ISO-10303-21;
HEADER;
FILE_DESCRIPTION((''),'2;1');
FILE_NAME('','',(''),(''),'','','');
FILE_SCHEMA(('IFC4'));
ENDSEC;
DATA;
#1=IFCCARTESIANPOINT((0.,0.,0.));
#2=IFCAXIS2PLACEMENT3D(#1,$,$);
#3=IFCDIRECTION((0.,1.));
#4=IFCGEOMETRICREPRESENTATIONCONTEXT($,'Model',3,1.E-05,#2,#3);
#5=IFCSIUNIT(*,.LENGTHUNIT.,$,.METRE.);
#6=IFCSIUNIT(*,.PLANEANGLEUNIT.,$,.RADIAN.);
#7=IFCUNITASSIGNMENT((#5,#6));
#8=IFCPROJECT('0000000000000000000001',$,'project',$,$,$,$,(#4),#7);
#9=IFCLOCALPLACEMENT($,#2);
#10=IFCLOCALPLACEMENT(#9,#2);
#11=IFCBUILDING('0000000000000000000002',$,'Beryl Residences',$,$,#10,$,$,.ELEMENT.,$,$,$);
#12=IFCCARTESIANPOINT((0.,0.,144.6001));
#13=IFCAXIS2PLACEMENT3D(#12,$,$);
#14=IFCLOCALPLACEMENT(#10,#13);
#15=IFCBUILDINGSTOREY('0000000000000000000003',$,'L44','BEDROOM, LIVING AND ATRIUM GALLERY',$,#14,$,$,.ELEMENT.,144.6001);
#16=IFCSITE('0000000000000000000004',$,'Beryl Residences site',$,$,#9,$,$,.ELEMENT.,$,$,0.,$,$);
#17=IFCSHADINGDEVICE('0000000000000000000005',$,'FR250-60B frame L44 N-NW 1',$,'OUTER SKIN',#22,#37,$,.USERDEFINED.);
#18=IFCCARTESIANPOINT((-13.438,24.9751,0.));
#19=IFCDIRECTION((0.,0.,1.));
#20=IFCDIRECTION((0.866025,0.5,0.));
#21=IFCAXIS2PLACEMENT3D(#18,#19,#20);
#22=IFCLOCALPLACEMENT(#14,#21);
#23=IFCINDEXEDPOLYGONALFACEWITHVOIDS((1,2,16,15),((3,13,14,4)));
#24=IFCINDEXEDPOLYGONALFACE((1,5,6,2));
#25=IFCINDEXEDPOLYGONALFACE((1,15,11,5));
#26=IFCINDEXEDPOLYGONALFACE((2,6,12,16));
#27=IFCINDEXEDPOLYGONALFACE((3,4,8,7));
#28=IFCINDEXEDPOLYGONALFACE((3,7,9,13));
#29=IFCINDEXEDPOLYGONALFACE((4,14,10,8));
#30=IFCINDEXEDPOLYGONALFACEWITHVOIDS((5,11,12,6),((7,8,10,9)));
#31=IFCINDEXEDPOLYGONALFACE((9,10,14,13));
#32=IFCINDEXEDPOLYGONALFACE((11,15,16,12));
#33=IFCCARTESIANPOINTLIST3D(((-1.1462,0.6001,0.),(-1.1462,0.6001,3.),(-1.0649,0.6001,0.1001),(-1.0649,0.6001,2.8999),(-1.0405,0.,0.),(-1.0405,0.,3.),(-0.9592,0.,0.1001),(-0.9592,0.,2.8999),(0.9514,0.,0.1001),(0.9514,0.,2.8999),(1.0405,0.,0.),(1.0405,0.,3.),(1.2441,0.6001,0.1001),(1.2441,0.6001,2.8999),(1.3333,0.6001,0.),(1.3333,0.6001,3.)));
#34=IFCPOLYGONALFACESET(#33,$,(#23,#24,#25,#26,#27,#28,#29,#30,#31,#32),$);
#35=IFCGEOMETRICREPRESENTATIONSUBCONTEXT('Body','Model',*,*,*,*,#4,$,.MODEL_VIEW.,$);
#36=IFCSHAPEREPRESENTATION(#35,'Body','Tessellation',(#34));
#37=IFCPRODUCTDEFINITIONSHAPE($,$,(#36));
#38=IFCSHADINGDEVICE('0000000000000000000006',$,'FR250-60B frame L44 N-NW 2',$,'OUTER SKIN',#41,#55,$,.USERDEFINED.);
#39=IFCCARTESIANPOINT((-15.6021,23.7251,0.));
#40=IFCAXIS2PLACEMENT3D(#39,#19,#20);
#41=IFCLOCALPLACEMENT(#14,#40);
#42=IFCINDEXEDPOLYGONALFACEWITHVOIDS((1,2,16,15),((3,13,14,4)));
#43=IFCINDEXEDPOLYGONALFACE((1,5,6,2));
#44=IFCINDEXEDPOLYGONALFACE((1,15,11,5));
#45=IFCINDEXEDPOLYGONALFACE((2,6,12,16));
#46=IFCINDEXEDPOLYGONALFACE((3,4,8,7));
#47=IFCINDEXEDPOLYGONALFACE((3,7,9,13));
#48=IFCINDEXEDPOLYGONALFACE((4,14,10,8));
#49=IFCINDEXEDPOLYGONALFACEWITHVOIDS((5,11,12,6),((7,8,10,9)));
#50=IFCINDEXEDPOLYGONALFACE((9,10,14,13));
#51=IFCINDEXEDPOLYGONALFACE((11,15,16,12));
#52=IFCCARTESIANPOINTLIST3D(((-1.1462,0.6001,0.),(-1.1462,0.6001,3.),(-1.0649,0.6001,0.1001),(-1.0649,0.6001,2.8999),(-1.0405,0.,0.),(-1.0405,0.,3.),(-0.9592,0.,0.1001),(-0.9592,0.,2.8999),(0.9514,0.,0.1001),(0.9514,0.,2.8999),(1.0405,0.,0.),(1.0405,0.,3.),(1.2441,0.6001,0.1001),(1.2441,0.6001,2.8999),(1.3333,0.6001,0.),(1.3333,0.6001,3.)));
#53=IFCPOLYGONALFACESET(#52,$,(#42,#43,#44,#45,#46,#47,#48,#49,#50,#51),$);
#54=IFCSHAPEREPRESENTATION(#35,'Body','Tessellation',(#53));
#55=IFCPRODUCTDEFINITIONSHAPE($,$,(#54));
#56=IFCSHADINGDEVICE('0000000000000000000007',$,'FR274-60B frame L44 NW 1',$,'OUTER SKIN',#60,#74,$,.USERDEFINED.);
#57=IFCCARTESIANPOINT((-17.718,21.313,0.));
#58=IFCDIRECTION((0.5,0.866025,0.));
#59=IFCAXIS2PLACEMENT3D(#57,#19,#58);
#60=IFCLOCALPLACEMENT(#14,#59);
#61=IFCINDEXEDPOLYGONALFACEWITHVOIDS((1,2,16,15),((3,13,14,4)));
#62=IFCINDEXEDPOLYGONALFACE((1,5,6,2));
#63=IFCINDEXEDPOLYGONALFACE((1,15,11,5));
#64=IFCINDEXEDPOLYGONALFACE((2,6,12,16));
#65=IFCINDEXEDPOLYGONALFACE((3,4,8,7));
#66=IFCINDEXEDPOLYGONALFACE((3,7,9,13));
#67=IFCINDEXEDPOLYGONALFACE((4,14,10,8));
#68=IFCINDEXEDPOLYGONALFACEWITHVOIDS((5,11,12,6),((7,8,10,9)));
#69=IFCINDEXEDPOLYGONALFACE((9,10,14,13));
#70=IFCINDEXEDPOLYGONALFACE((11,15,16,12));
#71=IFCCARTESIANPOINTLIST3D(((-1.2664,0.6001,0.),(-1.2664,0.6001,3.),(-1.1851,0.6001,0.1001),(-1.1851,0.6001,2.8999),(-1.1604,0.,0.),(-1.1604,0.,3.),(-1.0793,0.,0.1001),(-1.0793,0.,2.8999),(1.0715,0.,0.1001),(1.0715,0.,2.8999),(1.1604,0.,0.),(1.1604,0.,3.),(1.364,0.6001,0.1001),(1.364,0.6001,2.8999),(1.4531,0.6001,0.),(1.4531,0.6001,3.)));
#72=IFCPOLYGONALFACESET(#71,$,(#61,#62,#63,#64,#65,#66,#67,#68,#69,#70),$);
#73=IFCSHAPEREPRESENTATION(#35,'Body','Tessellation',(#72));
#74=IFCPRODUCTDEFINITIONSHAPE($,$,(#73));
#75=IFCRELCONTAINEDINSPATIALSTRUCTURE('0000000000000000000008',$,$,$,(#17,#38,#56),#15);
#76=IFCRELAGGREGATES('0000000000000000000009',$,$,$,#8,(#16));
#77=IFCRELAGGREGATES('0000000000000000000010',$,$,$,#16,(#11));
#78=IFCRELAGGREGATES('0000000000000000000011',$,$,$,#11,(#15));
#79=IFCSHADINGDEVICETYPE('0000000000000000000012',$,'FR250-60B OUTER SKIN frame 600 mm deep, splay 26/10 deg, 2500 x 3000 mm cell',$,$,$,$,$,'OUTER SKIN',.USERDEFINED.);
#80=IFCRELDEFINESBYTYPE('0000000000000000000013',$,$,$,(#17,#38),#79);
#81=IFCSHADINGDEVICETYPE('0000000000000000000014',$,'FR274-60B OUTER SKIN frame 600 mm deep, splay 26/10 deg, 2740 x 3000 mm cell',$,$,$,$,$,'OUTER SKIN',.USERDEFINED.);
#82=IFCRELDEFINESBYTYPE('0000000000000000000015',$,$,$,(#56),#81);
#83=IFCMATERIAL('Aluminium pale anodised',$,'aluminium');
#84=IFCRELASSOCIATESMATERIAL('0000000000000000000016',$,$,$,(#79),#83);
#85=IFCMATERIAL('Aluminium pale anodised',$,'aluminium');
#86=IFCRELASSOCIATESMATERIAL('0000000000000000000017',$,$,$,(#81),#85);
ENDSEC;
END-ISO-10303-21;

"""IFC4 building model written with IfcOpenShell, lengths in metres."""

from ifc_helpers import new_model, entity, si_unit, direction, frame, origin, place, context, subcontext, project, spatial, source, transform, mapped, material, type_object, type_shapes, element, save


model = new_model("IFC4")

# Units and contexts
model_context = context("Model", 3, precision=1e-05, world=origin(), true_north=direction((0.0, 1.0)))
body_context = subcontext(model_context, "Body", "Model", "MODEL_VIEW")
ifc_project = project(units=[si_unit("LENGTHUNIT", "METRE"), si_unit("PLANEANGLEUNIT", "RADIAN")], contexts=[model_context])

# Site, building, storey
site_placement = place(None, origin())
site = spatial("IfcSite", under=ifc_project, at=site_placement, Name="Beryl Residences site", CompositionType="ELEMENT", RefElevation=0.0)
building_placement = place(site_placement, origin())
building = spatial("IfcBuilding", under=site, at=building_placement, Name="Beryl Residences", CompositionType="ELEMENT")
storey_placement = place(building_placement, frame((0.0, 0.0, 144.6001)))
storey = spatial("IfcBuildingStorey", under=building, at=storey_placement, Name="L44", Description="BEDROOM, LIVING AND ATRIUM GALLERY", CompositionType="ELEMENT", Elevation=144.6001)

# Shading devices
ifc_material_1 = material(Name="Aluminium pale anodised", Category="aluminium")
shading_device_type_1 = type_object("IfcShadingDeviceType", Name="FR250-60B OUTER SKIN frame 600 mm deep, splay 26/10 deg, 2500 x 3000 mm cell", ElementType="OUTER SKIN", PredefinedType="USERDEFINED", material=ifc_material_1)
cartesian_point_1 = entity("IfcCartesianPoint", [-1.0405, 0.0])
cartesian_point_2 = entity("IfcCartesianPoint", [-0.9514, 0.1001])
cartesian_point_3 = entity("IfcCartesianPoint", [-1.3333, 0.0])
cartesian_point_4 = entity("IfcCartesianPoint", [-1.2441, 0.1001])
shared_shape_1 = source(origin(), body_context, "Body", "SweptSolid", [
    entity("IfcExtrudedAreaSolidTapered", entity("IfcArbitraryProfileDefWithVoids", "AREA", None, entity("IfcPolyline", [cartesian_point_1, entity("IfcCartesianPoint", [1.0405, 0.0]), entity("IfcCartesianPoint", [1.0405, 3.0]), entity("IfcCartesianPoint", [-1.0405, 3.0]), cartesian_point_1]), [entity("IfcPolyline", [cartesian_point_2, entity("IfcCartesianPoint", [0.9592, 0.1001]), entity("IfcCartesianPoint", [0.9592, 2.8999]), entity("IfcCartesianPoint", [-0.9514, 2.8999]), cartesian_point_2])]), entity("IfcAxis2Placement3D", entity("IfcCartesianPoint", [0.0, 0.0, 0.0]), entity("IfcDirection", [0.0, 1.0, 0.0]), entity("IfcDirection", [-1.0, 0.0, 0.0])), entity("IfcDirection", [0.0, 0.0, 1.0]), 0.6001, entity("IfcArbitraryProfileDefWithVoids", "AREA", None, entity("IfcPolyline", [cartesian_point_3, entity("IfcCartesianPoint", [1.1462, 0.0]), entity("IfcCartesianPoint", [1.1462, 3.0]), entity("IfcCartesianPoint", [-1.3333, 3.0]), cartesian_point_3]), [entity("IfcPolyline", [cartesian_point_4, entity("IfcCartesianPoint", [1.0649, 0.1001]), entity("IfcCartesianPoint", [1.0649, 2.8999]), entity("IfcCartesianPoint", [-1.2441, 2.8999]), cartesian_point_4])])),
])
type_shapes(shading_device_type_1, [shared_shape_1])
for number, where, z_axis, x_axis, name in (
    (1, (-13.438, 24.9751, 0.0), (0.0, 0.0, 1.0), (0.866025, 0.5, 0.0), "FR250-60B frame L44 N-NW 1"),
    (2, (-15.6021, 23.7251, 0.0), (0.0, 0.0, 1.0), (0.866025, 0.5, 0.0), "FR250-60B frame L44 N-NW 2"),
):
    element("IfcShadingDevice", number, at=place(storey_placement, frame(where, z_axis=z_axis, x_axis=x_axis)), inside=storey, type_object=shading_device_type_1, Name=name, ObjectType="OUTER SKIN", PredefinedType="USERDEFINED", context=body_context, shape_type="MappedRepresentation", body=[
        mapped(shared_shape_1, transform((0.0, 0.0, 0.0))),
    ])
ifc_material_2 = material(Name="Aluminium pale anodised", Category="aluminium")
shading_device_type_2 = type_object("IfcShadingDeviceType", Name="FR274-60B OUTER SKIN frame 600 mm deep, splay 26/10 deg, 2740 x 3000 mm cell", ElementType="OUTER SKIN", PredefinedType="USERDEFINED", material=ifc_material_2)
cartesian_point_5 = entity("IfcCartesianPoint", [-1.1604, 0.0])
cartesian_point_6 = entity("IfcCartesianPoint", [-1.0715, 0.1001])
cartesian_point_7 = entity("IfcCartesianPoint", [-1.4531, 0.0])
cartesian_point_8 = entity("IfcCartesianPoint", [-1.364, 0.1001])
shared_shape_2 = source(origin(), body_context, "Body", "SweptSolid", [
    entity("IfcExtrudedAreaSolidTapered", entity("IfcArbitraryProfileDefWithVoids", "AREA", None, entity("IfcPolyline", [cartesian_point_5, entity("IfcCartesianPoint", [1.1604, 0.0]), entity("IfcCartesianPoint", [1.1604, 3.0]), entity("IfcCartesianPoint", [-1.1604, 3.0]), cartesian_point_5]), [entity("IfcPolyline", [cartesian_point_6, entity("IfcCartesianPoint", [1.0793, 0.1001]), entity("IfcCartesianPoint", [1.0793, 2.8999]), entity("IfcCartesianPoint", [-1.0715, 2.8999]), cartesian_point_6])]), entity("IfcAxis2Placement3D", entity("IfcCartesianPoint", [0.0, 0.0, 0.0]), entity("IfcDirection", [0.0, 1.0, 0.0]), entity("IfcDirection", [-1.0, 0.0, 0.0])), entity("IfcDirection", [0.0, 0.0, 1.0]), 0.6001, entity("IfcArbitraryProfileDefWithVoids", "AREA", None, entity("IfcPolyline", [cartesian_point_7, entity("IfcCartesianPoint", [1.2664, 0.0]), entity("IfcCartesianPoint", [1.2664, 3.0]), entity("IfcCartesianPoint", [-1.4531, 3.0]), cartesian_point_7]), [entity("IfcPolyline", [cartesian_point_8, entity("IfcCartesianPoint", [1.1851, 0.1001]), entity("IfcCartesianPoint", [1.1851, 2.8999]), entity("IfcCartesianPoint", [-1.364, 2.8999]), cartesian_point_8])])),
])
type_shapes(shading_device_type_2, [shared_shape_2])
shading_device_placement = place(storey_placement, frame((-17.718, 21.313, 0.0), z_axis=(0.0, 0.0, 1.0), x_axis=(0.5, 0.866025, 0.0)))
element("IfcShadingDevice", 3, at=shading_device_placement, inside=storey, type_object=shading_device_type_2, Name="FR274-60B frame L44 NW 1", ObjectType="OUTER SKIN", PredefinedType="USERDEFINED", context=body_context, shape_type="MappedRepresentation", body=[
    mapped(shared_shape_2, transform((0.0, 0.0, 0.0))),
])

save(model, "model.ifc")
